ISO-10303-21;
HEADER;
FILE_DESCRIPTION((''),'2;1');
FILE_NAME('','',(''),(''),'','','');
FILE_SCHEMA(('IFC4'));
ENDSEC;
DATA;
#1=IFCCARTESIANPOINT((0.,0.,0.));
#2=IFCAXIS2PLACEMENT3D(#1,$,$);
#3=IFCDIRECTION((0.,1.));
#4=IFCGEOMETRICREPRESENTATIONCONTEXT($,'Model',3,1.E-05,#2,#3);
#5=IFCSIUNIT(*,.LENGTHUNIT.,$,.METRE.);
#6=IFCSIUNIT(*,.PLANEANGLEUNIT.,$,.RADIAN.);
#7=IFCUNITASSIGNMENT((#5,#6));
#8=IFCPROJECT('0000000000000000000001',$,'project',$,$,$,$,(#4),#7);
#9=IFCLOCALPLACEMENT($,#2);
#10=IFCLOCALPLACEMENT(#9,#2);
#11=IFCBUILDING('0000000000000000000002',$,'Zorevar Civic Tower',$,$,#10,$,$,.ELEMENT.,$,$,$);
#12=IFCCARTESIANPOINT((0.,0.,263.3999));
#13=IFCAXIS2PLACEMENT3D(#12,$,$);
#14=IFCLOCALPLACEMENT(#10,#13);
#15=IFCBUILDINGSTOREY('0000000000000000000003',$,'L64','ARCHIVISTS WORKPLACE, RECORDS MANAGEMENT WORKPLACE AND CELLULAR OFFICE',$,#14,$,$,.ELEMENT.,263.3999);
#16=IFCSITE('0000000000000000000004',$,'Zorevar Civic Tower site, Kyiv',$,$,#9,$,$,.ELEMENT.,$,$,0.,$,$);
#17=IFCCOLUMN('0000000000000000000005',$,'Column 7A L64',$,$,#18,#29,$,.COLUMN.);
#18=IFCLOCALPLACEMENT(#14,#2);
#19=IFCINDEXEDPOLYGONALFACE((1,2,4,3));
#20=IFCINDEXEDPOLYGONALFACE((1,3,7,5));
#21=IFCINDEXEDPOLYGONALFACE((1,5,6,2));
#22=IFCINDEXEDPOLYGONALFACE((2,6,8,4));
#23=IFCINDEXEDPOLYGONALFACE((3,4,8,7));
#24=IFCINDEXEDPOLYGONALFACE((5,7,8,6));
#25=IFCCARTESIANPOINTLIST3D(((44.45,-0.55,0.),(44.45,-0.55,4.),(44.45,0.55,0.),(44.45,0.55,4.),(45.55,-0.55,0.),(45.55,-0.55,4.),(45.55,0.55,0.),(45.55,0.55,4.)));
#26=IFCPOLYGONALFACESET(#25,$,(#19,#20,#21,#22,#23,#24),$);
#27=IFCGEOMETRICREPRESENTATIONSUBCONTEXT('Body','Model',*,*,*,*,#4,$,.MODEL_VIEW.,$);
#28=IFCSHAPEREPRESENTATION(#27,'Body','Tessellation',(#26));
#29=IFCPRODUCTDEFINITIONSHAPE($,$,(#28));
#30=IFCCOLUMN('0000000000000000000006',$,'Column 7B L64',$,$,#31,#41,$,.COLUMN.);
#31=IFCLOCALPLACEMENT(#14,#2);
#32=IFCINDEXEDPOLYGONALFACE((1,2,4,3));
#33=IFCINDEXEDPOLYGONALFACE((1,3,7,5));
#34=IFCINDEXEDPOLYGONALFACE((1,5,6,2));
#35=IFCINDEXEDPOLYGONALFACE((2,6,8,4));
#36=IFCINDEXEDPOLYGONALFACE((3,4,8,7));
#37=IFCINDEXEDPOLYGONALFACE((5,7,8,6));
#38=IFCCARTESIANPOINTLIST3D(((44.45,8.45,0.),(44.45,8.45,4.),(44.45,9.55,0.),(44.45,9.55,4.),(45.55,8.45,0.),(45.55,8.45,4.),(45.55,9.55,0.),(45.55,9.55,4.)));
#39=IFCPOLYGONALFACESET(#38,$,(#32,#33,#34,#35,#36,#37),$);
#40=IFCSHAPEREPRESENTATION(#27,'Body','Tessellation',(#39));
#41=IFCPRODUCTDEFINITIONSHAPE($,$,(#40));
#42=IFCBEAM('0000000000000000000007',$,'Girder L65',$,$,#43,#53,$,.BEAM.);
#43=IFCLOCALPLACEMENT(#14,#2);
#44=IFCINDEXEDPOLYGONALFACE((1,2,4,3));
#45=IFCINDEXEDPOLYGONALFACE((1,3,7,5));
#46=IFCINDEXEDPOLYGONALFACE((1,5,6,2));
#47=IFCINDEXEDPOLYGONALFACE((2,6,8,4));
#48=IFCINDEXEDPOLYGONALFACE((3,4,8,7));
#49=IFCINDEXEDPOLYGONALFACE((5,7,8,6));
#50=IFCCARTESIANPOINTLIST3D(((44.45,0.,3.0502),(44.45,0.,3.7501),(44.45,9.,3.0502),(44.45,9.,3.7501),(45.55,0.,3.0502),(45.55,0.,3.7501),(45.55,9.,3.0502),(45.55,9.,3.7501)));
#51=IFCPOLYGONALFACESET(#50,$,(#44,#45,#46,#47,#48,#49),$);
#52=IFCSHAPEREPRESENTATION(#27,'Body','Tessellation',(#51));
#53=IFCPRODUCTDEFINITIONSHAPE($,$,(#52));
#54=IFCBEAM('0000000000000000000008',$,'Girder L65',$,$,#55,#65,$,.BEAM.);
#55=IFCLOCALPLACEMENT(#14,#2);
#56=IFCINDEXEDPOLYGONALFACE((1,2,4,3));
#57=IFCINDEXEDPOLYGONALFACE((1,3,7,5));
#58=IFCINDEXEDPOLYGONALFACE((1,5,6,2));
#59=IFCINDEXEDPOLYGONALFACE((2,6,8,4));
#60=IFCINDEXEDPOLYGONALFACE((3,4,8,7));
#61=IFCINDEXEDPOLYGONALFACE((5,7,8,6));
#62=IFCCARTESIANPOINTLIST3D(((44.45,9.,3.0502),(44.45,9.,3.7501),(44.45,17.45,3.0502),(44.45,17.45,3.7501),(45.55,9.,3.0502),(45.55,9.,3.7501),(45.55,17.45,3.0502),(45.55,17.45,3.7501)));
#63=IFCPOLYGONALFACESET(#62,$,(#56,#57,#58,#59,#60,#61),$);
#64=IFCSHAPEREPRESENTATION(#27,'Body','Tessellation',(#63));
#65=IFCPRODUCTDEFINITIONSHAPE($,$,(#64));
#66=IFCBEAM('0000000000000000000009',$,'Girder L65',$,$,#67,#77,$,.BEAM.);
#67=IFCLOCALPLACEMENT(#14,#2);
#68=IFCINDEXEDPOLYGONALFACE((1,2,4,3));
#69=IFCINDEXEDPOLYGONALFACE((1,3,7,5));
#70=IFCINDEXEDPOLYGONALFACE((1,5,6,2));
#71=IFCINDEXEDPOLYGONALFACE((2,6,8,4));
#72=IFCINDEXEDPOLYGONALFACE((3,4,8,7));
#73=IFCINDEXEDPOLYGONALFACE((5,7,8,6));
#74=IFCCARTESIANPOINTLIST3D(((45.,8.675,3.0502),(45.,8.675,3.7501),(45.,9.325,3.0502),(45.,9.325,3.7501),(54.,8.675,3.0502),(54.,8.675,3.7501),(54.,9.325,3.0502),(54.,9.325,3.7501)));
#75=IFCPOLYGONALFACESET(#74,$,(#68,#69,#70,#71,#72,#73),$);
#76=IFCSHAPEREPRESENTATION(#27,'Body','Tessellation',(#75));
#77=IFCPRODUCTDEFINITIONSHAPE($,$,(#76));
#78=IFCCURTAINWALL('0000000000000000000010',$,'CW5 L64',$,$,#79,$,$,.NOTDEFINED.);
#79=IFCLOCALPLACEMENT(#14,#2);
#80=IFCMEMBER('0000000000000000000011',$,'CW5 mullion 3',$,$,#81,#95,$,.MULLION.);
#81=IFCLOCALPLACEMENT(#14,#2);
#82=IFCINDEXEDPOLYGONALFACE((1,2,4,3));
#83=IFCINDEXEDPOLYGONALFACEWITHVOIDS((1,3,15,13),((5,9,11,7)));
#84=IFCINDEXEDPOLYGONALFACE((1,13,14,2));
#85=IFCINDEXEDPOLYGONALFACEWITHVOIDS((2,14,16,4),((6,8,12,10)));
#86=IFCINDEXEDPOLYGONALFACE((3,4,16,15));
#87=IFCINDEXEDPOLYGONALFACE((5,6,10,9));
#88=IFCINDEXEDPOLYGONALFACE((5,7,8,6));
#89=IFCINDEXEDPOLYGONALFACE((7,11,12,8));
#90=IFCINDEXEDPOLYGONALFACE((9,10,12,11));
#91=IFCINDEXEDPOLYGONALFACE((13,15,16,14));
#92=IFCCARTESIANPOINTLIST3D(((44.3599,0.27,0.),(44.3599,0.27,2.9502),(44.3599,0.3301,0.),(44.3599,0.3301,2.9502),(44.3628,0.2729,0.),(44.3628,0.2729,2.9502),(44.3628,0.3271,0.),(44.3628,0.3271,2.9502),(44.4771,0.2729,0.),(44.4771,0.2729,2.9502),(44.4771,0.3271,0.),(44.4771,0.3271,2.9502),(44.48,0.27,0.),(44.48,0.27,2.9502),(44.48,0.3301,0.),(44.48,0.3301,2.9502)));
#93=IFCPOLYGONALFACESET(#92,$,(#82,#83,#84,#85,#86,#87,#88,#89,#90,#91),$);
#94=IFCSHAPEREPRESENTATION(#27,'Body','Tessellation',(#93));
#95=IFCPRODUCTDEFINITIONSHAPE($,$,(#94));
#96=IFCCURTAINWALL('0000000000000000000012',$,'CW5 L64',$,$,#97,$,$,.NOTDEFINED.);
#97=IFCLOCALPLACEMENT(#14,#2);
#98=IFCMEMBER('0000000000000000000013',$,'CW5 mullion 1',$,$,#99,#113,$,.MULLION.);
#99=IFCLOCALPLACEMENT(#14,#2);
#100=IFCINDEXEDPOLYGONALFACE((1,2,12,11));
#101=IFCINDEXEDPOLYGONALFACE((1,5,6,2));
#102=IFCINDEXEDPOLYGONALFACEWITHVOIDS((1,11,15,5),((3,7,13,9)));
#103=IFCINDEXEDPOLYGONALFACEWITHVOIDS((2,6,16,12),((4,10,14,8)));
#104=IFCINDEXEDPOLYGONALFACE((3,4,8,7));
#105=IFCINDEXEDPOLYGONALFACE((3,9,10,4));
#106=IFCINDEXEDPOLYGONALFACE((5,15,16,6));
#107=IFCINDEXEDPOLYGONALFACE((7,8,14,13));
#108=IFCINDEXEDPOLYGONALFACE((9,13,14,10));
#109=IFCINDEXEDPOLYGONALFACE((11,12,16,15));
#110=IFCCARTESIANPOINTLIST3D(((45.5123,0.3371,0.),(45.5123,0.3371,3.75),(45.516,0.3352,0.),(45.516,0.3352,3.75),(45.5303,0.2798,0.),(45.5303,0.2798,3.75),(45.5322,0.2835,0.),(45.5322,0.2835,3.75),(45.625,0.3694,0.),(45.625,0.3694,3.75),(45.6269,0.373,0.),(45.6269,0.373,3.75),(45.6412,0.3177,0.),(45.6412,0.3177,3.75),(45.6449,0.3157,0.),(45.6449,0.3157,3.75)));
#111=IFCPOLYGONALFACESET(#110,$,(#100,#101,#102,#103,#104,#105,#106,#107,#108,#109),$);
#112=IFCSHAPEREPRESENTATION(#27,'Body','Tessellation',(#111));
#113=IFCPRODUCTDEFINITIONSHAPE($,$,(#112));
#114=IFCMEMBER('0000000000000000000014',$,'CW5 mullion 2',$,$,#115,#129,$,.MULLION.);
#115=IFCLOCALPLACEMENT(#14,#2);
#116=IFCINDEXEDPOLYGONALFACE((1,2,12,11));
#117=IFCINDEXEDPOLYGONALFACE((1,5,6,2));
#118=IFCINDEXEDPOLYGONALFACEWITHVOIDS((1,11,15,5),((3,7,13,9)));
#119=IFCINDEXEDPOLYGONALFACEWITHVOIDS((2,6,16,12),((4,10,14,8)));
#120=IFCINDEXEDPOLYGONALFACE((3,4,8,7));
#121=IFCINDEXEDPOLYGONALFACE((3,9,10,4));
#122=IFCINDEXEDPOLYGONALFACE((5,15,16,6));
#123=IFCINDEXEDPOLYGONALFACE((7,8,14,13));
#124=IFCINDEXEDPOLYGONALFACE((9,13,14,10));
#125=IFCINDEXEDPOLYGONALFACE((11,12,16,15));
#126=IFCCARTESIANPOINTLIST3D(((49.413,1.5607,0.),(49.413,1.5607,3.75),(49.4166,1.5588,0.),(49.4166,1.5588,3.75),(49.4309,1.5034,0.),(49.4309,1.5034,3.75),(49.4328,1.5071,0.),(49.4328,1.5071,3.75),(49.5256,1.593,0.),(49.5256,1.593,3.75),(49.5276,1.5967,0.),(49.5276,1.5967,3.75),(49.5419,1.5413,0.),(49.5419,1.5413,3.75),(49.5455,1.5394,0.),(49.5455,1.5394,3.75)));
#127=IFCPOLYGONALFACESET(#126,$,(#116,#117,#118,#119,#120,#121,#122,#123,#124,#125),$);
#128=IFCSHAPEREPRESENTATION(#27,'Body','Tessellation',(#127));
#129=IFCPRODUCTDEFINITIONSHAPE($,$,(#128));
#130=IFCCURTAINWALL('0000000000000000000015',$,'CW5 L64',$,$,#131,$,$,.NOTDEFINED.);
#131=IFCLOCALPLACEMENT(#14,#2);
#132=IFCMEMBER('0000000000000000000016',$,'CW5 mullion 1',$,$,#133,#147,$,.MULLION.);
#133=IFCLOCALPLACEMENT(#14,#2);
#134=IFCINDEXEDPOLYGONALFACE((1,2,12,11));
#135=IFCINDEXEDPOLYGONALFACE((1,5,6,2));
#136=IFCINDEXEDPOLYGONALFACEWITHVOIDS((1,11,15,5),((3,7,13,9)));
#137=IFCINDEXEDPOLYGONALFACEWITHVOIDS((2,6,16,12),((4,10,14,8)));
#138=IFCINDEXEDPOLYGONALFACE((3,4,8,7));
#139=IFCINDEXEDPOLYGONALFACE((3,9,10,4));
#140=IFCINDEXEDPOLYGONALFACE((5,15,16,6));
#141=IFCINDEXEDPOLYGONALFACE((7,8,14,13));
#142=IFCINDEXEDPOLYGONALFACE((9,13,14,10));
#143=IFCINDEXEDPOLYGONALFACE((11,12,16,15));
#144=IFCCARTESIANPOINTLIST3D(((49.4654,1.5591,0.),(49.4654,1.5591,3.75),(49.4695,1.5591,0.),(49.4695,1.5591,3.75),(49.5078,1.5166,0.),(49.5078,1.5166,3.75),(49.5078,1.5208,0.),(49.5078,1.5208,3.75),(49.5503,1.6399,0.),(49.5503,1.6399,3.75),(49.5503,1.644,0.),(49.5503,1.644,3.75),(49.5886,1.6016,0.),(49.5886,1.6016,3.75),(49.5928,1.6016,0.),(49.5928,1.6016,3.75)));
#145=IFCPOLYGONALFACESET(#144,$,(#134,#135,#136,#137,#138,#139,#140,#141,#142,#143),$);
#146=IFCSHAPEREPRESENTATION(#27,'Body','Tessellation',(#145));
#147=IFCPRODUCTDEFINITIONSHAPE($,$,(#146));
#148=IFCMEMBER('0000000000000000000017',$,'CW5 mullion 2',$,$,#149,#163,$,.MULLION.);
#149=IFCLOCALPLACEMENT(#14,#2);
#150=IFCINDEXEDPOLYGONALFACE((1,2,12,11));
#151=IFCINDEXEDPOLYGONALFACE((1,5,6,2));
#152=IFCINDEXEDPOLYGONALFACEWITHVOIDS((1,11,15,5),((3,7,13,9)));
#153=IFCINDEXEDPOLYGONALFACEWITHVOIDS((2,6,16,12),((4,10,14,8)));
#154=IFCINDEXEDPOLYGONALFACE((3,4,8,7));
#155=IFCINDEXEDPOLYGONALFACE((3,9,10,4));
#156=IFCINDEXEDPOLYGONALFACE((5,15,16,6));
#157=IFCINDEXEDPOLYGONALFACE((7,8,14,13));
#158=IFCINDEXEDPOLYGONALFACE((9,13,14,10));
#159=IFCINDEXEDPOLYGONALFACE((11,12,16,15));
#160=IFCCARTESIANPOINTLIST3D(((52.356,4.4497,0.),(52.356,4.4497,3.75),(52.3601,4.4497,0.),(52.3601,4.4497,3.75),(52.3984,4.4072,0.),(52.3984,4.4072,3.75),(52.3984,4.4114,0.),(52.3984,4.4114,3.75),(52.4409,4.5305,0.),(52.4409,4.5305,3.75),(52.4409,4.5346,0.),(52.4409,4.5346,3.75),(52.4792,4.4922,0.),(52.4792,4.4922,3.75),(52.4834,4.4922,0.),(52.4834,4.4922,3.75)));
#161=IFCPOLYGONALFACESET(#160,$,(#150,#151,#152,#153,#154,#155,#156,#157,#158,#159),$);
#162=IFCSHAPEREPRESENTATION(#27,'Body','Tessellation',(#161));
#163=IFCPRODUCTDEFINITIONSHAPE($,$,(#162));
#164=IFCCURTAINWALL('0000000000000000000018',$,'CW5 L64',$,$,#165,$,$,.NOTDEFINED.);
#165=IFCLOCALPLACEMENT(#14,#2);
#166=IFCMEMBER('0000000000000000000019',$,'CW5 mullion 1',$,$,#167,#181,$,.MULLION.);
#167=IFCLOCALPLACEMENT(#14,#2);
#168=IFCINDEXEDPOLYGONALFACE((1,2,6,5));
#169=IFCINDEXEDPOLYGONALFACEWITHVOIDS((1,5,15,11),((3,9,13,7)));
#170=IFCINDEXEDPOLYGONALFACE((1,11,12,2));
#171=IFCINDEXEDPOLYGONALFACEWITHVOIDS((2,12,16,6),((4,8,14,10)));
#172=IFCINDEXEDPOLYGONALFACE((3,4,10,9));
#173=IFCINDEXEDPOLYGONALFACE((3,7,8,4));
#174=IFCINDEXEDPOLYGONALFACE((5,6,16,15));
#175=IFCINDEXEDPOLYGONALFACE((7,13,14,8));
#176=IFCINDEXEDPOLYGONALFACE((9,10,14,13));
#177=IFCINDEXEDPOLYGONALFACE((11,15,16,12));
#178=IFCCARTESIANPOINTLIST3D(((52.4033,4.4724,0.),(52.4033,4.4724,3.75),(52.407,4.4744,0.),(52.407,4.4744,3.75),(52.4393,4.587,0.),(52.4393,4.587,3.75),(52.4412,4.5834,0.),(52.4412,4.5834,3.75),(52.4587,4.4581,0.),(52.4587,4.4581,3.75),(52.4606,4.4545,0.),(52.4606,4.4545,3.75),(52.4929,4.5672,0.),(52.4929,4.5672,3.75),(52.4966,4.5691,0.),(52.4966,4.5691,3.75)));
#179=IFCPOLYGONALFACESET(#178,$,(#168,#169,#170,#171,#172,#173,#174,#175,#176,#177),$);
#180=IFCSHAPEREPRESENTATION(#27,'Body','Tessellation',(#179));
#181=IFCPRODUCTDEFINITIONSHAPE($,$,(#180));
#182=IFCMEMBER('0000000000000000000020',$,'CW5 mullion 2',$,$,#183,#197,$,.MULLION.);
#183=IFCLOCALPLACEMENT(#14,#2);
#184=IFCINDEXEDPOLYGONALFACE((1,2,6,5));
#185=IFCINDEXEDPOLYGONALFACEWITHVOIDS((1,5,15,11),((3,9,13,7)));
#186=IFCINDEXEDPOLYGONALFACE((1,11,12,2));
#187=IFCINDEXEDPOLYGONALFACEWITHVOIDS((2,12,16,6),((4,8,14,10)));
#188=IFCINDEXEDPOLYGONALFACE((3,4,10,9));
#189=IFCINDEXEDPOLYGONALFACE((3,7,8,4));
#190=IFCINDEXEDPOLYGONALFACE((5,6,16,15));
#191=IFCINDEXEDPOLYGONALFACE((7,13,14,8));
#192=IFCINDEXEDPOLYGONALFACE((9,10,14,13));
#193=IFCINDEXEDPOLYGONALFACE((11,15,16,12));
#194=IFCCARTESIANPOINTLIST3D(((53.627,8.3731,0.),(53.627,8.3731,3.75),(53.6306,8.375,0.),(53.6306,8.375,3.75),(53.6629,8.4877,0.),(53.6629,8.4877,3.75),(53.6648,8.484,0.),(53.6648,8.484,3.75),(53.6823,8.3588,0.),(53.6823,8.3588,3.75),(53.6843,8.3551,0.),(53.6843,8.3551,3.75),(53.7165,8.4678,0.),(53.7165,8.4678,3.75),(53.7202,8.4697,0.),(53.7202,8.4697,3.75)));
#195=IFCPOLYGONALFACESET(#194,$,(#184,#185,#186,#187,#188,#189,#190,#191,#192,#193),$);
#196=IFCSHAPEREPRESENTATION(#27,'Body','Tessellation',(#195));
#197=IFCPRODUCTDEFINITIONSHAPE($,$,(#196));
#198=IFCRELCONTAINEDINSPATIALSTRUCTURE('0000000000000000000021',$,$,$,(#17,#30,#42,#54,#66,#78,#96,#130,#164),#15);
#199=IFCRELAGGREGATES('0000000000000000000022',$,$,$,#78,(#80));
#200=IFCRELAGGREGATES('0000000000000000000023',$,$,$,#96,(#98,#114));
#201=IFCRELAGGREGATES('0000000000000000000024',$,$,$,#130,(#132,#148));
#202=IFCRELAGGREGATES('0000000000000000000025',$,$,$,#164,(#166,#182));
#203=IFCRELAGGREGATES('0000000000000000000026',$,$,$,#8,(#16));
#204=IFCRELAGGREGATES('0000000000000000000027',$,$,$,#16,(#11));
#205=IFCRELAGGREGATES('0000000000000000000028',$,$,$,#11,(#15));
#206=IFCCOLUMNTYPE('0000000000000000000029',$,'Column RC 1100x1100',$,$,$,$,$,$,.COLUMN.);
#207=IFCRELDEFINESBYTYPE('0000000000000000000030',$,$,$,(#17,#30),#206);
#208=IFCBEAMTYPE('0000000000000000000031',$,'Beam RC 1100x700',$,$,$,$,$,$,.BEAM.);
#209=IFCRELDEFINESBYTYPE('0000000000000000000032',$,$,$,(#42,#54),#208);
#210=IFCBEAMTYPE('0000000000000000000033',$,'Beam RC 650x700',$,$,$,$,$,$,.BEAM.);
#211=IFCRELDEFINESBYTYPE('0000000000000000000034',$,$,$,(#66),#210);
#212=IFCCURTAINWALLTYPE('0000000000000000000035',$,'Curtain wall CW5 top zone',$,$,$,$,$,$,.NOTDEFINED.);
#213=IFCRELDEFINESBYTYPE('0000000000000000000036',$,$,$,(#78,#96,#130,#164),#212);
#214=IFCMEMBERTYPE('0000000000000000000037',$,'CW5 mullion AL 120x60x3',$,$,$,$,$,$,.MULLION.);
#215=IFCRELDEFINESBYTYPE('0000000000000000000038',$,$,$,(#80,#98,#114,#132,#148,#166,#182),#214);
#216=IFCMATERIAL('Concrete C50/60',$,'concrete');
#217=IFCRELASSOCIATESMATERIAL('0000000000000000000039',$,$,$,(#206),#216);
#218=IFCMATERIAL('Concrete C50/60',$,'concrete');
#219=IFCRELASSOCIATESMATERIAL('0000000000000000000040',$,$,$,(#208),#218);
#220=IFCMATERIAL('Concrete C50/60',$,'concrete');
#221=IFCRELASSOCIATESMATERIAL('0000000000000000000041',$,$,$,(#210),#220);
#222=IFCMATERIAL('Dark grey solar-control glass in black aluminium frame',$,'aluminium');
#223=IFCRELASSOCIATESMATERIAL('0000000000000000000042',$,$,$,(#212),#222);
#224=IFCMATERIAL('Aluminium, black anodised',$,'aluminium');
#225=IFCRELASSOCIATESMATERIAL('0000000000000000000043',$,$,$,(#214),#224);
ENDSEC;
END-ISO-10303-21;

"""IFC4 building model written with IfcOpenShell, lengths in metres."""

from ifc_helpers import new_model, si_unit, direction, frame, origin, origin_2d, place, context, subcontext, project, spatial, rectangle, hollow_rectangle, extrude, material, material_profile, profile_set, type_object, element, aggregate, save


model = new_model("IFC4")

# Units and contexts
model_context = context("Model", 3, precision=1e-05, world=origin(), true_north=direction((0.0, 1.0)))
body_context = subcontext(model_context, "Body", "Model", "MODEL_VIEW")
ifc_project = project(units=[si_unit("LENGTHUNIT", "METRE"), si_unit("PLANEANGLEUNIT", "RADIAN")], contexts=[model_context])

# Site, building, storey
site_placement = place(None, origin())
site = spatial("IfcSite", under=ifc_project, at=site_placement, Name="Zorevar Civic Tower site, Kyiv", CompositionType="ELEMENT", RefElevation=0.0)
building_placement = place(site_placement, origin())
building = spatial("IfcBuilding", under=site, at=building_placement, Name="Zorevar Civic Tower", CompositionType="ELEMENT")
storey_placement = place(building_placement, frame((0.0, 0.0, 263.3999)))
storey = spatial("IfcBuildingStorey", under=building, at=storey_placement, Name="L64", Description="ARCHIVISTS WORKPLACE, RECORDS MANAGEMENT WORKPLACE AND CELLULAR OFFICE", CompositionType="ELEMENT", Elevation=263.3999)

# Columns
ifc_material_1 = material(Name="Concrete C50/60", Category="concrete")
ifc_material_profile_1 = material_profile(ifc_material_1, rectangle(XDim=1.1001, YDim=1.1001, at=origin_2d()), Name="RC 1100x1100")
ifc_profile_set_1 = profile_set([ifc_material_profile_1], Name="Concrete C50/60")
column_type = type_object("IfcColumnType", Name="Column RC 1100x1100", PredefinedType="COLUMN", material=ifc_profile_set_1)
for number, where, z_axis, x_axis, name in (
    (1, (45.0, 0.0, 0.0), (0.0, 0.0, 1.0), (1.0, 0.0, 0.0), "Column 7A L64"),
    (2, (45.0, 9.0, 0.0), (0.0, 0.0, 1.0), (1.0, 0.0, 0.0), "Column 7B L64"),
):
    element("IfcColumn", number, at=place(storey_placement, frame(where, z_axis=z_axis, x_axis=x_axis)), inside=storey, type_object=column_type, Name=name, PredefinedType="COLUMN", context=body_context, shape_type="SweptSolid", body=[
        extrude(rectangle(XDim=1.1001, YDim=1.1001, at=origin_2d()), origin(), (0.0, 0.0, 1.0), 4.0),
    ])

# Beams
ifc_material_2 = material(Name="Concrete C50/60", Category="concrete")
ifc_material_profile_2 = material_profile(ifc_material_2, rectangle(XDim=1.1001, YDim=0.7, at=origin_2d()), Name="RC 1100x700")
ifc_profile_set_2 = profile_set([ifc_material_profile_2], Name="Concrete C50/60")
beam_type_1 = type_object("IfcBeamType", Name="Beam RC 1100x700", PredefinedType="BEAM", material=ifc_profile_set_2)
beam_1_placement = place(storey_placement, frame((45.0, 0.0, 3.4001), z_axis=(0.0, 1.0, 0.0), x_axis=(-1.0, 0.0, 0.0)))
element("IfcBeam", 3, at=beam_1_placement, inside=storey, type_object=beam_type_1, Name="Girder L65", PredefinedType="BEAM", context=body_context, shape_type="SweptSolid", body=[
    extrude(rectangle(XDim=1.1001, YDim=0.7, at=origin_2d()), origin(), (0.0, 0.0, 1.0), 9.0),
])
beam_2_placement = place(storey_placement, frame((45.0, 9.0, 3.4001), z_axis=(0.0, 1.0, 0.0), x_axis=(-1.0, 0.0, 0.0)))
element("IfcBeam", 4, at=beam_2_placement, inside=storey, type_object=beam_type_1, Name="Girder L65", PredefinedType="BEAM", context=body_context, shape_type="SweptSolid", body=[
    extrude(rectangle(XDim=1.1001, YDim=0.7, at=origin_2d()), origin(), (0.0, 0.0, 1.0), 8.45),
])
ifc_material_3 = material(Name="Concrete C50/60", Category="concrete")
ifc_material_profile_3 = material_profile(ifc_material_3, rectangle(XDim=0.6499, YDim=0.7, at=origin_2d()), Name="RC 650x700")
ifc_profile_set_3 = profile_set([ifc_material_profile_3], Name="Concrete C50/60")
beam_type_2 = type_object("IfcBeamType", Name="Beam RC 650x700", PredefinedType="BEAM", material=ifc_profile_set_3)
beam_3_placement = place(storey_placement, frame((45.0, 9.0, 3.4001), z_axis=(1.0, 0.0, 0.0), x_axis=(0.0, 1.0, 0.0)))
element("IfcBeam", 5, at=beam_3_placement, inside=storey, type_object=beam_type_2, Name="Girder L65", PredefinedType="BEAM", context=body_context, shape_type="SweptSolid", body=[
    extrude(rectangle(XDim=0.6499, YDim=0.7, at=origin_2d()), origin(), (0.0, 0.0, 1.0), 9.0),
])

# Curtain wall, member
ifc_material_4 = material(Name="Dark grey solar-control glass in black aluminium frame", Category="aluminium")
curtain_wall_type = type_object("IfcCurtainWallType", Name="Curtain wall CW5 top zone", PredefinedType="NOTDEFINED", material=ifc_material_4)
curtain_wall_1_placement = place(storey_placement, origin())
curtain_wall_1 = element("IfcCurtainWall", 6, at=curtain_wall_1_placement, inside=storey, type_object=curtain_wall_type, Name="CW5 L64", PredefinedType="NOTDEFINED")
ifc_material_5 = material(Name="Aluminium, black anodised", Category="aluminium")
ifc_material_profile_4 = material_profile(ifc_material_5, hollow_rectangle(XDim=0.0601, YDim=0.1201, WallThickness=0.0029, at=origin_2d()), Name="AL 120x60x3")
ifc_profile_set_4 = profile_set([ifc_material_profile_4], Name="Aluminium, black anodised")
member_type_1 = type_object("IfcMemberType", Name="CW5 mullion AL 120x60x3", PredefinedType="MULLION", material=ifc_profile_set_4)
member_1_placement = place(storey_placement, frame((44.4199, 0.3, 0.0), z_axis=(0.0, 0.0, 1.0), x_axis=(0.0, 1.0, 0.0)))
member_1 = element("IfcMember", 7, at=member_1_placement, type_object=member_type_1, Name="CW5 mullion 3", PredefinedType="MULLION", context=body_context, shape_type="SweptSolid", body=[
    extrude(hollow_rectangle(XDim=0.0601, YDim=0.1201, WallThickness=0.0029, at=origin_2d()), origin(), (0.0, 0.0, 1.0), 2.9502),
])
aggregate(curtain_wall_1, [member_1])

# Curtain walls, members
curtain_wall_2_placement = place(storey_placement, origin())
curtain_wall_2 = element("IfcCurtainWall", 8, at=curtain_wall_2_placement, inside=storey, type_object=curtain_wall_type, Name="CW5 L64", PredefinedType="NOTDEFINED")
member_2_placement = place(storey_placement, frame((45.5786, 0.3264, 0.0), z_axis=(0.0, 0.0, 1.0), x_axis=(-0.299318, 0.954153, 0.0)))
member_2 = element("IfcMember", 9, at=member_2_placement, type_object=member_type_1, Name="CW5 mullion 1", PredefinedType="MULLION", context=body_context, shape_type="SweptSolid", body=[
    extrude(hollow_rectangle(XDim=0.0601, YDim=0.1201, WallThickness=0.0029, at=origin_2d()), origin(), (0.0, 0.0, 1.0), 3.75),
])
member_3_placement = place(storey_placement, frame((49.4792, 1.55, 0.0), z_axis=(0.0, 0.0, 1.0), x_axis=(-0.299318, 0.954153, 0.0)))
member_3 = element("IfcMember", 10, at=member_3_placement, type_object=member_type_1, Name="CW5 mullion 2", PredefinedType="MULLION", context=body_context, shape_type="SweptSolid", body=[
    extrude(hollow_rectangle(XDim=0.0601, YDim=0.1201, WallThickness=0.0029, at=origin_2d()), origin(), (0.0, 0.0, 1.0), 3.75),
])
curtain_wall_3_placement = place(storey_placement, origin())
curtain_wall_3 = element("IfcCurtainWall", 11, at=curtain_wall_3_placement, inside=storey, type_object=curtain_wall_type, Name="CW5 L64", PredefinedType="NOTDEFINED")
member_4_placement = place(storey_placement, frame((49.5291, 1.5803, 0.0), z_axis=(0.0, 0.0, 1.0), x_axis=(-0.707107, 0.707107, 0.0)))
member_4 = element("IfcMember", 12, at=member_4_placement, type_object=member_type_1, Name="CW5 mullion 1", PredefinedType="MULLION", context=body_context, shape_type="SweptSolid", body=[
    extrude(hollow_rectangle(XDim=0.0601, YDim=0.1201, WallThickness=0.0029, at=origin_2d()), origin(), (0.0, 0.0, 1.0), 3.75),
])
member_5_placement = place(storey_placement, frame((52.4197, 4.4709, 0.0), z_axis=(0.0, 0.0, 1.0), x_axis=(-0.707107, 0.707107, 0.0)))
member_5 = element("IfcMember", 13, at=member_5_placement, type_object=member_type_1, Name="CW5 mullion 2", PredefinedType="MULLION", context=body_context, shape_type="SweptSolid", body=[
    extrude(hollow_rectangle(XDim=0.0601, YDim=0.1201, WallThickness=0.0029, at=origin_2d()), origin(), (0.0, 0.0, 1.0), 3.75),
])
curtain_wall_4_placement = place(storey_placement, origin())
curtain_wall_4 = element("IfcCurtainWall", 14, at=curtain_wall_4_placement, inside=storey, type_object=curtain_wall_type, Name="CW5 L64", PredefinedType="NOTDEFINED")
member_6_placement = place(storey_placement, frame((52.45, 4.5208, 0.0), z_axis=(0.0, 0.0, 1.0), x_axis=(-0.954153, 0.299318, 0.0)))
member_6 = element("IfcMember", 15, at=member_6_placement, type_object=member_type_1, Name="CW5 mullion 1", PredefinedType="MULLION", context=body_context, shape_type="SweptSolid", body=[
    extrude(hollow_rectangle(XDim=0.0601, YDim=0.1201, WallThickness=0.0029, at=origin_2d()), origin(), (0.0, 0.0, 1.0), 3.75),
])
member_7_placement = place(storey_placement, frame((53.6736, 8.4214, 0.0), z_axis=(0.0, 0.0, 1.0), x_axis=(-0.954153, 0.299318, 0.0)))
member_7 = element("IfcMember", 16, at=member_7_placement, type_object=member_type_1, Name="CW5 mullion 2", PredefinedType="MULLION", context=body_context, shape_type="SweptSolid", body=[
    extrude(hollow_rectangle(XDim=0.0601, YDim=0.1201, WallThickness=0.0029, at=origin_2d()), origin(), (0.0, 0.0, 1.0), 3.75),
])

aggregate(curtain_wall_2, [member_2, member_3])
aggregate(curtain_wall_3, [member_4, member_5])
aggregate(curtain_wall_4, [member_6, member_7])

save(model, "model.ifc")
